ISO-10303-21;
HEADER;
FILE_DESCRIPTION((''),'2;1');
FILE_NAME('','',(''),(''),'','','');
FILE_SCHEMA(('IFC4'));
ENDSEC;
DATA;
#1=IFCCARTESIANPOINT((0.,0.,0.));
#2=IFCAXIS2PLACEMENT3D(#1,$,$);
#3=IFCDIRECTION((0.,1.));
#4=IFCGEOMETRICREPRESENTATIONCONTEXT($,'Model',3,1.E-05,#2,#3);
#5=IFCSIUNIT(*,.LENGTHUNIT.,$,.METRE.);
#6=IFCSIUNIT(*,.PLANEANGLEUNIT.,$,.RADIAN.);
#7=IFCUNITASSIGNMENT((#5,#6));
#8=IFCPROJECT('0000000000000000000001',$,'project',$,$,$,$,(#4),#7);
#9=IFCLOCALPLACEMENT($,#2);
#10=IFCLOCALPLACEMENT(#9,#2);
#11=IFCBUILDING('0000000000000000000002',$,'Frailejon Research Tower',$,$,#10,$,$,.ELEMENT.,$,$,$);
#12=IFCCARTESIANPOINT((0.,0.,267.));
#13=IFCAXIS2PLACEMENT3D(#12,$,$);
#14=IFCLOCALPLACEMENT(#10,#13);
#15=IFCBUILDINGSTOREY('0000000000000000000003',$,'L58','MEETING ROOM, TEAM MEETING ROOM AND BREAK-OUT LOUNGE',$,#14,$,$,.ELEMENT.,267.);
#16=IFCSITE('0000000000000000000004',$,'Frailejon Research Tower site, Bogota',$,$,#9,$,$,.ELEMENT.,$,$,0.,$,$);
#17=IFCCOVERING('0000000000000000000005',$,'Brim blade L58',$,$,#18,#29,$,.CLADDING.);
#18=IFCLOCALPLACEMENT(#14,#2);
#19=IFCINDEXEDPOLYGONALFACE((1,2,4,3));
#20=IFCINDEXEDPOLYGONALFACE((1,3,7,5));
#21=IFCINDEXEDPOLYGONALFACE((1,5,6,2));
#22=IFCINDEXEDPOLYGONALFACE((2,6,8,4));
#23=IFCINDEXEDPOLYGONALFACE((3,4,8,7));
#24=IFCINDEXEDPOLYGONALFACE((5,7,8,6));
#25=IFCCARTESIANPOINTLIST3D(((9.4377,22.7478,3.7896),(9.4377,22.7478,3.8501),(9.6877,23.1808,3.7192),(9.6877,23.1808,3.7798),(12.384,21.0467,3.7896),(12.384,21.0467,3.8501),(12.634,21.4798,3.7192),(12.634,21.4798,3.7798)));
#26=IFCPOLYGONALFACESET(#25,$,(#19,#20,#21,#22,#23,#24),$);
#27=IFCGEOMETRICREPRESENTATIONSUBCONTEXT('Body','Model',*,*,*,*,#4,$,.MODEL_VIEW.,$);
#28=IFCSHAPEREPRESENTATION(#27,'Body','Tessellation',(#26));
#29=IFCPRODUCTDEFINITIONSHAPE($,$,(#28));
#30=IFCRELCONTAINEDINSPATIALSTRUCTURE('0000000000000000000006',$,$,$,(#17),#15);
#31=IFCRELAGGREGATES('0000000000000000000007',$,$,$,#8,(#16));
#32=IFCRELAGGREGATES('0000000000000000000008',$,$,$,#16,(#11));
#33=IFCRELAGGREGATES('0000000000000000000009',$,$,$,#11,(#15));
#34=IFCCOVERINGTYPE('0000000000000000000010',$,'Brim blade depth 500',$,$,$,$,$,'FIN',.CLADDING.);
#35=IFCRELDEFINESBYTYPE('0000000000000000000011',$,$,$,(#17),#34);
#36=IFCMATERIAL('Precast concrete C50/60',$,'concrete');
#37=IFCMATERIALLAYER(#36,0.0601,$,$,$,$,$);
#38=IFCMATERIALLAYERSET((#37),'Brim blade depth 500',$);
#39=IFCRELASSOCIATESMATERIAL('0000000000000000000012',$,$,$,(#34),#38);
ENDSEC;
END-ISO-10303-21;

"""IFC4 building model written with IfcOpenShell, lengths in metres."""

from ifc_helpers import new_model, si_unit, direction, frame, origin, place, context, subcontext, project, spatial, polyline, outline, extrude, material, layer, layer_set, type_object, element, save


model = new_model("IFC4")

# Units and contexts
model_context = context("Model", 3, precision=1e-05, world=origin(), true_north=direction((0.0, 1.0)))
body_context = subcontext(model_context, "Body", "Model", "MODEL_VIEW")
ifc_project = project(units=[si_unit("LENGTHUNIT", "METRE"), si_unit("PLANEANGLEUNIT", "RADIAN")], contexts=[model_context])

# Site, building, storey
site_placement = place(None, origin())
site = spatial("IfcSite", under=ifc_project, at=site_placement, Name="Frailejon Research Tower site, Bogota", CompositionType="ELEMENT", RefElevation=0.0)
building_placement = place(site_placement, origin())
building = spatial("IfcBuilding", under=site, at=building_placement, Name="Frailejon Research Tower", CompositionType="ELEMENT")
storey_placement = place(building_placement, frame((0.0, 0.0, 267.0)))
storey = spatial("IfcBuildingStorey", under=building, at=storey_placement, Name="L58", Description="MEETING ROOM, TEAM MEETING ROOM AND BREAK-OUT LOUNGE", CompositionType="ELEMENT", Elevation=267.0)

# Covering
ifc_material_1 = material(Name="Precast concrete C50/60", Category="concrete")
ifc_layer_1 = layer(ifc_material_1, 0.0601)
ifc_layer_set_1 = layer_set([ifc_layer_1], Name="Brim blade depth 500")
covering_type_1 = type_object("IfcCoveringType", Name="Brim blade depth 500", ElementType="FIN", PredefinedType="CLADDING", material=ifc_layer_set_1)
covering_placement = place(storey_placement, frame((9.4377, 22.7478, 3.8501), z_axis=(0.866024, -0.500003, 0.0), x_axis=(0.500003, 0.866024, 0.0)))
element("IfcCovering", 1, at=covering_placement, inside=storey, type_object=covering_type_1, Name="Brim blade L58", PredefinedType="CLADDING", context=body_context, shape_type="SweptSolid", body=[
    extrude(outline(polyline([(0.0, -0.0605), (0.5, -0.1309), (0.5, -0.0703), (0.0, 0.0), (0.0, -0.0605)])), origin(), (0.0, 0.0, 1.0), 3.4021),
])

save(model, "model.ifc")
